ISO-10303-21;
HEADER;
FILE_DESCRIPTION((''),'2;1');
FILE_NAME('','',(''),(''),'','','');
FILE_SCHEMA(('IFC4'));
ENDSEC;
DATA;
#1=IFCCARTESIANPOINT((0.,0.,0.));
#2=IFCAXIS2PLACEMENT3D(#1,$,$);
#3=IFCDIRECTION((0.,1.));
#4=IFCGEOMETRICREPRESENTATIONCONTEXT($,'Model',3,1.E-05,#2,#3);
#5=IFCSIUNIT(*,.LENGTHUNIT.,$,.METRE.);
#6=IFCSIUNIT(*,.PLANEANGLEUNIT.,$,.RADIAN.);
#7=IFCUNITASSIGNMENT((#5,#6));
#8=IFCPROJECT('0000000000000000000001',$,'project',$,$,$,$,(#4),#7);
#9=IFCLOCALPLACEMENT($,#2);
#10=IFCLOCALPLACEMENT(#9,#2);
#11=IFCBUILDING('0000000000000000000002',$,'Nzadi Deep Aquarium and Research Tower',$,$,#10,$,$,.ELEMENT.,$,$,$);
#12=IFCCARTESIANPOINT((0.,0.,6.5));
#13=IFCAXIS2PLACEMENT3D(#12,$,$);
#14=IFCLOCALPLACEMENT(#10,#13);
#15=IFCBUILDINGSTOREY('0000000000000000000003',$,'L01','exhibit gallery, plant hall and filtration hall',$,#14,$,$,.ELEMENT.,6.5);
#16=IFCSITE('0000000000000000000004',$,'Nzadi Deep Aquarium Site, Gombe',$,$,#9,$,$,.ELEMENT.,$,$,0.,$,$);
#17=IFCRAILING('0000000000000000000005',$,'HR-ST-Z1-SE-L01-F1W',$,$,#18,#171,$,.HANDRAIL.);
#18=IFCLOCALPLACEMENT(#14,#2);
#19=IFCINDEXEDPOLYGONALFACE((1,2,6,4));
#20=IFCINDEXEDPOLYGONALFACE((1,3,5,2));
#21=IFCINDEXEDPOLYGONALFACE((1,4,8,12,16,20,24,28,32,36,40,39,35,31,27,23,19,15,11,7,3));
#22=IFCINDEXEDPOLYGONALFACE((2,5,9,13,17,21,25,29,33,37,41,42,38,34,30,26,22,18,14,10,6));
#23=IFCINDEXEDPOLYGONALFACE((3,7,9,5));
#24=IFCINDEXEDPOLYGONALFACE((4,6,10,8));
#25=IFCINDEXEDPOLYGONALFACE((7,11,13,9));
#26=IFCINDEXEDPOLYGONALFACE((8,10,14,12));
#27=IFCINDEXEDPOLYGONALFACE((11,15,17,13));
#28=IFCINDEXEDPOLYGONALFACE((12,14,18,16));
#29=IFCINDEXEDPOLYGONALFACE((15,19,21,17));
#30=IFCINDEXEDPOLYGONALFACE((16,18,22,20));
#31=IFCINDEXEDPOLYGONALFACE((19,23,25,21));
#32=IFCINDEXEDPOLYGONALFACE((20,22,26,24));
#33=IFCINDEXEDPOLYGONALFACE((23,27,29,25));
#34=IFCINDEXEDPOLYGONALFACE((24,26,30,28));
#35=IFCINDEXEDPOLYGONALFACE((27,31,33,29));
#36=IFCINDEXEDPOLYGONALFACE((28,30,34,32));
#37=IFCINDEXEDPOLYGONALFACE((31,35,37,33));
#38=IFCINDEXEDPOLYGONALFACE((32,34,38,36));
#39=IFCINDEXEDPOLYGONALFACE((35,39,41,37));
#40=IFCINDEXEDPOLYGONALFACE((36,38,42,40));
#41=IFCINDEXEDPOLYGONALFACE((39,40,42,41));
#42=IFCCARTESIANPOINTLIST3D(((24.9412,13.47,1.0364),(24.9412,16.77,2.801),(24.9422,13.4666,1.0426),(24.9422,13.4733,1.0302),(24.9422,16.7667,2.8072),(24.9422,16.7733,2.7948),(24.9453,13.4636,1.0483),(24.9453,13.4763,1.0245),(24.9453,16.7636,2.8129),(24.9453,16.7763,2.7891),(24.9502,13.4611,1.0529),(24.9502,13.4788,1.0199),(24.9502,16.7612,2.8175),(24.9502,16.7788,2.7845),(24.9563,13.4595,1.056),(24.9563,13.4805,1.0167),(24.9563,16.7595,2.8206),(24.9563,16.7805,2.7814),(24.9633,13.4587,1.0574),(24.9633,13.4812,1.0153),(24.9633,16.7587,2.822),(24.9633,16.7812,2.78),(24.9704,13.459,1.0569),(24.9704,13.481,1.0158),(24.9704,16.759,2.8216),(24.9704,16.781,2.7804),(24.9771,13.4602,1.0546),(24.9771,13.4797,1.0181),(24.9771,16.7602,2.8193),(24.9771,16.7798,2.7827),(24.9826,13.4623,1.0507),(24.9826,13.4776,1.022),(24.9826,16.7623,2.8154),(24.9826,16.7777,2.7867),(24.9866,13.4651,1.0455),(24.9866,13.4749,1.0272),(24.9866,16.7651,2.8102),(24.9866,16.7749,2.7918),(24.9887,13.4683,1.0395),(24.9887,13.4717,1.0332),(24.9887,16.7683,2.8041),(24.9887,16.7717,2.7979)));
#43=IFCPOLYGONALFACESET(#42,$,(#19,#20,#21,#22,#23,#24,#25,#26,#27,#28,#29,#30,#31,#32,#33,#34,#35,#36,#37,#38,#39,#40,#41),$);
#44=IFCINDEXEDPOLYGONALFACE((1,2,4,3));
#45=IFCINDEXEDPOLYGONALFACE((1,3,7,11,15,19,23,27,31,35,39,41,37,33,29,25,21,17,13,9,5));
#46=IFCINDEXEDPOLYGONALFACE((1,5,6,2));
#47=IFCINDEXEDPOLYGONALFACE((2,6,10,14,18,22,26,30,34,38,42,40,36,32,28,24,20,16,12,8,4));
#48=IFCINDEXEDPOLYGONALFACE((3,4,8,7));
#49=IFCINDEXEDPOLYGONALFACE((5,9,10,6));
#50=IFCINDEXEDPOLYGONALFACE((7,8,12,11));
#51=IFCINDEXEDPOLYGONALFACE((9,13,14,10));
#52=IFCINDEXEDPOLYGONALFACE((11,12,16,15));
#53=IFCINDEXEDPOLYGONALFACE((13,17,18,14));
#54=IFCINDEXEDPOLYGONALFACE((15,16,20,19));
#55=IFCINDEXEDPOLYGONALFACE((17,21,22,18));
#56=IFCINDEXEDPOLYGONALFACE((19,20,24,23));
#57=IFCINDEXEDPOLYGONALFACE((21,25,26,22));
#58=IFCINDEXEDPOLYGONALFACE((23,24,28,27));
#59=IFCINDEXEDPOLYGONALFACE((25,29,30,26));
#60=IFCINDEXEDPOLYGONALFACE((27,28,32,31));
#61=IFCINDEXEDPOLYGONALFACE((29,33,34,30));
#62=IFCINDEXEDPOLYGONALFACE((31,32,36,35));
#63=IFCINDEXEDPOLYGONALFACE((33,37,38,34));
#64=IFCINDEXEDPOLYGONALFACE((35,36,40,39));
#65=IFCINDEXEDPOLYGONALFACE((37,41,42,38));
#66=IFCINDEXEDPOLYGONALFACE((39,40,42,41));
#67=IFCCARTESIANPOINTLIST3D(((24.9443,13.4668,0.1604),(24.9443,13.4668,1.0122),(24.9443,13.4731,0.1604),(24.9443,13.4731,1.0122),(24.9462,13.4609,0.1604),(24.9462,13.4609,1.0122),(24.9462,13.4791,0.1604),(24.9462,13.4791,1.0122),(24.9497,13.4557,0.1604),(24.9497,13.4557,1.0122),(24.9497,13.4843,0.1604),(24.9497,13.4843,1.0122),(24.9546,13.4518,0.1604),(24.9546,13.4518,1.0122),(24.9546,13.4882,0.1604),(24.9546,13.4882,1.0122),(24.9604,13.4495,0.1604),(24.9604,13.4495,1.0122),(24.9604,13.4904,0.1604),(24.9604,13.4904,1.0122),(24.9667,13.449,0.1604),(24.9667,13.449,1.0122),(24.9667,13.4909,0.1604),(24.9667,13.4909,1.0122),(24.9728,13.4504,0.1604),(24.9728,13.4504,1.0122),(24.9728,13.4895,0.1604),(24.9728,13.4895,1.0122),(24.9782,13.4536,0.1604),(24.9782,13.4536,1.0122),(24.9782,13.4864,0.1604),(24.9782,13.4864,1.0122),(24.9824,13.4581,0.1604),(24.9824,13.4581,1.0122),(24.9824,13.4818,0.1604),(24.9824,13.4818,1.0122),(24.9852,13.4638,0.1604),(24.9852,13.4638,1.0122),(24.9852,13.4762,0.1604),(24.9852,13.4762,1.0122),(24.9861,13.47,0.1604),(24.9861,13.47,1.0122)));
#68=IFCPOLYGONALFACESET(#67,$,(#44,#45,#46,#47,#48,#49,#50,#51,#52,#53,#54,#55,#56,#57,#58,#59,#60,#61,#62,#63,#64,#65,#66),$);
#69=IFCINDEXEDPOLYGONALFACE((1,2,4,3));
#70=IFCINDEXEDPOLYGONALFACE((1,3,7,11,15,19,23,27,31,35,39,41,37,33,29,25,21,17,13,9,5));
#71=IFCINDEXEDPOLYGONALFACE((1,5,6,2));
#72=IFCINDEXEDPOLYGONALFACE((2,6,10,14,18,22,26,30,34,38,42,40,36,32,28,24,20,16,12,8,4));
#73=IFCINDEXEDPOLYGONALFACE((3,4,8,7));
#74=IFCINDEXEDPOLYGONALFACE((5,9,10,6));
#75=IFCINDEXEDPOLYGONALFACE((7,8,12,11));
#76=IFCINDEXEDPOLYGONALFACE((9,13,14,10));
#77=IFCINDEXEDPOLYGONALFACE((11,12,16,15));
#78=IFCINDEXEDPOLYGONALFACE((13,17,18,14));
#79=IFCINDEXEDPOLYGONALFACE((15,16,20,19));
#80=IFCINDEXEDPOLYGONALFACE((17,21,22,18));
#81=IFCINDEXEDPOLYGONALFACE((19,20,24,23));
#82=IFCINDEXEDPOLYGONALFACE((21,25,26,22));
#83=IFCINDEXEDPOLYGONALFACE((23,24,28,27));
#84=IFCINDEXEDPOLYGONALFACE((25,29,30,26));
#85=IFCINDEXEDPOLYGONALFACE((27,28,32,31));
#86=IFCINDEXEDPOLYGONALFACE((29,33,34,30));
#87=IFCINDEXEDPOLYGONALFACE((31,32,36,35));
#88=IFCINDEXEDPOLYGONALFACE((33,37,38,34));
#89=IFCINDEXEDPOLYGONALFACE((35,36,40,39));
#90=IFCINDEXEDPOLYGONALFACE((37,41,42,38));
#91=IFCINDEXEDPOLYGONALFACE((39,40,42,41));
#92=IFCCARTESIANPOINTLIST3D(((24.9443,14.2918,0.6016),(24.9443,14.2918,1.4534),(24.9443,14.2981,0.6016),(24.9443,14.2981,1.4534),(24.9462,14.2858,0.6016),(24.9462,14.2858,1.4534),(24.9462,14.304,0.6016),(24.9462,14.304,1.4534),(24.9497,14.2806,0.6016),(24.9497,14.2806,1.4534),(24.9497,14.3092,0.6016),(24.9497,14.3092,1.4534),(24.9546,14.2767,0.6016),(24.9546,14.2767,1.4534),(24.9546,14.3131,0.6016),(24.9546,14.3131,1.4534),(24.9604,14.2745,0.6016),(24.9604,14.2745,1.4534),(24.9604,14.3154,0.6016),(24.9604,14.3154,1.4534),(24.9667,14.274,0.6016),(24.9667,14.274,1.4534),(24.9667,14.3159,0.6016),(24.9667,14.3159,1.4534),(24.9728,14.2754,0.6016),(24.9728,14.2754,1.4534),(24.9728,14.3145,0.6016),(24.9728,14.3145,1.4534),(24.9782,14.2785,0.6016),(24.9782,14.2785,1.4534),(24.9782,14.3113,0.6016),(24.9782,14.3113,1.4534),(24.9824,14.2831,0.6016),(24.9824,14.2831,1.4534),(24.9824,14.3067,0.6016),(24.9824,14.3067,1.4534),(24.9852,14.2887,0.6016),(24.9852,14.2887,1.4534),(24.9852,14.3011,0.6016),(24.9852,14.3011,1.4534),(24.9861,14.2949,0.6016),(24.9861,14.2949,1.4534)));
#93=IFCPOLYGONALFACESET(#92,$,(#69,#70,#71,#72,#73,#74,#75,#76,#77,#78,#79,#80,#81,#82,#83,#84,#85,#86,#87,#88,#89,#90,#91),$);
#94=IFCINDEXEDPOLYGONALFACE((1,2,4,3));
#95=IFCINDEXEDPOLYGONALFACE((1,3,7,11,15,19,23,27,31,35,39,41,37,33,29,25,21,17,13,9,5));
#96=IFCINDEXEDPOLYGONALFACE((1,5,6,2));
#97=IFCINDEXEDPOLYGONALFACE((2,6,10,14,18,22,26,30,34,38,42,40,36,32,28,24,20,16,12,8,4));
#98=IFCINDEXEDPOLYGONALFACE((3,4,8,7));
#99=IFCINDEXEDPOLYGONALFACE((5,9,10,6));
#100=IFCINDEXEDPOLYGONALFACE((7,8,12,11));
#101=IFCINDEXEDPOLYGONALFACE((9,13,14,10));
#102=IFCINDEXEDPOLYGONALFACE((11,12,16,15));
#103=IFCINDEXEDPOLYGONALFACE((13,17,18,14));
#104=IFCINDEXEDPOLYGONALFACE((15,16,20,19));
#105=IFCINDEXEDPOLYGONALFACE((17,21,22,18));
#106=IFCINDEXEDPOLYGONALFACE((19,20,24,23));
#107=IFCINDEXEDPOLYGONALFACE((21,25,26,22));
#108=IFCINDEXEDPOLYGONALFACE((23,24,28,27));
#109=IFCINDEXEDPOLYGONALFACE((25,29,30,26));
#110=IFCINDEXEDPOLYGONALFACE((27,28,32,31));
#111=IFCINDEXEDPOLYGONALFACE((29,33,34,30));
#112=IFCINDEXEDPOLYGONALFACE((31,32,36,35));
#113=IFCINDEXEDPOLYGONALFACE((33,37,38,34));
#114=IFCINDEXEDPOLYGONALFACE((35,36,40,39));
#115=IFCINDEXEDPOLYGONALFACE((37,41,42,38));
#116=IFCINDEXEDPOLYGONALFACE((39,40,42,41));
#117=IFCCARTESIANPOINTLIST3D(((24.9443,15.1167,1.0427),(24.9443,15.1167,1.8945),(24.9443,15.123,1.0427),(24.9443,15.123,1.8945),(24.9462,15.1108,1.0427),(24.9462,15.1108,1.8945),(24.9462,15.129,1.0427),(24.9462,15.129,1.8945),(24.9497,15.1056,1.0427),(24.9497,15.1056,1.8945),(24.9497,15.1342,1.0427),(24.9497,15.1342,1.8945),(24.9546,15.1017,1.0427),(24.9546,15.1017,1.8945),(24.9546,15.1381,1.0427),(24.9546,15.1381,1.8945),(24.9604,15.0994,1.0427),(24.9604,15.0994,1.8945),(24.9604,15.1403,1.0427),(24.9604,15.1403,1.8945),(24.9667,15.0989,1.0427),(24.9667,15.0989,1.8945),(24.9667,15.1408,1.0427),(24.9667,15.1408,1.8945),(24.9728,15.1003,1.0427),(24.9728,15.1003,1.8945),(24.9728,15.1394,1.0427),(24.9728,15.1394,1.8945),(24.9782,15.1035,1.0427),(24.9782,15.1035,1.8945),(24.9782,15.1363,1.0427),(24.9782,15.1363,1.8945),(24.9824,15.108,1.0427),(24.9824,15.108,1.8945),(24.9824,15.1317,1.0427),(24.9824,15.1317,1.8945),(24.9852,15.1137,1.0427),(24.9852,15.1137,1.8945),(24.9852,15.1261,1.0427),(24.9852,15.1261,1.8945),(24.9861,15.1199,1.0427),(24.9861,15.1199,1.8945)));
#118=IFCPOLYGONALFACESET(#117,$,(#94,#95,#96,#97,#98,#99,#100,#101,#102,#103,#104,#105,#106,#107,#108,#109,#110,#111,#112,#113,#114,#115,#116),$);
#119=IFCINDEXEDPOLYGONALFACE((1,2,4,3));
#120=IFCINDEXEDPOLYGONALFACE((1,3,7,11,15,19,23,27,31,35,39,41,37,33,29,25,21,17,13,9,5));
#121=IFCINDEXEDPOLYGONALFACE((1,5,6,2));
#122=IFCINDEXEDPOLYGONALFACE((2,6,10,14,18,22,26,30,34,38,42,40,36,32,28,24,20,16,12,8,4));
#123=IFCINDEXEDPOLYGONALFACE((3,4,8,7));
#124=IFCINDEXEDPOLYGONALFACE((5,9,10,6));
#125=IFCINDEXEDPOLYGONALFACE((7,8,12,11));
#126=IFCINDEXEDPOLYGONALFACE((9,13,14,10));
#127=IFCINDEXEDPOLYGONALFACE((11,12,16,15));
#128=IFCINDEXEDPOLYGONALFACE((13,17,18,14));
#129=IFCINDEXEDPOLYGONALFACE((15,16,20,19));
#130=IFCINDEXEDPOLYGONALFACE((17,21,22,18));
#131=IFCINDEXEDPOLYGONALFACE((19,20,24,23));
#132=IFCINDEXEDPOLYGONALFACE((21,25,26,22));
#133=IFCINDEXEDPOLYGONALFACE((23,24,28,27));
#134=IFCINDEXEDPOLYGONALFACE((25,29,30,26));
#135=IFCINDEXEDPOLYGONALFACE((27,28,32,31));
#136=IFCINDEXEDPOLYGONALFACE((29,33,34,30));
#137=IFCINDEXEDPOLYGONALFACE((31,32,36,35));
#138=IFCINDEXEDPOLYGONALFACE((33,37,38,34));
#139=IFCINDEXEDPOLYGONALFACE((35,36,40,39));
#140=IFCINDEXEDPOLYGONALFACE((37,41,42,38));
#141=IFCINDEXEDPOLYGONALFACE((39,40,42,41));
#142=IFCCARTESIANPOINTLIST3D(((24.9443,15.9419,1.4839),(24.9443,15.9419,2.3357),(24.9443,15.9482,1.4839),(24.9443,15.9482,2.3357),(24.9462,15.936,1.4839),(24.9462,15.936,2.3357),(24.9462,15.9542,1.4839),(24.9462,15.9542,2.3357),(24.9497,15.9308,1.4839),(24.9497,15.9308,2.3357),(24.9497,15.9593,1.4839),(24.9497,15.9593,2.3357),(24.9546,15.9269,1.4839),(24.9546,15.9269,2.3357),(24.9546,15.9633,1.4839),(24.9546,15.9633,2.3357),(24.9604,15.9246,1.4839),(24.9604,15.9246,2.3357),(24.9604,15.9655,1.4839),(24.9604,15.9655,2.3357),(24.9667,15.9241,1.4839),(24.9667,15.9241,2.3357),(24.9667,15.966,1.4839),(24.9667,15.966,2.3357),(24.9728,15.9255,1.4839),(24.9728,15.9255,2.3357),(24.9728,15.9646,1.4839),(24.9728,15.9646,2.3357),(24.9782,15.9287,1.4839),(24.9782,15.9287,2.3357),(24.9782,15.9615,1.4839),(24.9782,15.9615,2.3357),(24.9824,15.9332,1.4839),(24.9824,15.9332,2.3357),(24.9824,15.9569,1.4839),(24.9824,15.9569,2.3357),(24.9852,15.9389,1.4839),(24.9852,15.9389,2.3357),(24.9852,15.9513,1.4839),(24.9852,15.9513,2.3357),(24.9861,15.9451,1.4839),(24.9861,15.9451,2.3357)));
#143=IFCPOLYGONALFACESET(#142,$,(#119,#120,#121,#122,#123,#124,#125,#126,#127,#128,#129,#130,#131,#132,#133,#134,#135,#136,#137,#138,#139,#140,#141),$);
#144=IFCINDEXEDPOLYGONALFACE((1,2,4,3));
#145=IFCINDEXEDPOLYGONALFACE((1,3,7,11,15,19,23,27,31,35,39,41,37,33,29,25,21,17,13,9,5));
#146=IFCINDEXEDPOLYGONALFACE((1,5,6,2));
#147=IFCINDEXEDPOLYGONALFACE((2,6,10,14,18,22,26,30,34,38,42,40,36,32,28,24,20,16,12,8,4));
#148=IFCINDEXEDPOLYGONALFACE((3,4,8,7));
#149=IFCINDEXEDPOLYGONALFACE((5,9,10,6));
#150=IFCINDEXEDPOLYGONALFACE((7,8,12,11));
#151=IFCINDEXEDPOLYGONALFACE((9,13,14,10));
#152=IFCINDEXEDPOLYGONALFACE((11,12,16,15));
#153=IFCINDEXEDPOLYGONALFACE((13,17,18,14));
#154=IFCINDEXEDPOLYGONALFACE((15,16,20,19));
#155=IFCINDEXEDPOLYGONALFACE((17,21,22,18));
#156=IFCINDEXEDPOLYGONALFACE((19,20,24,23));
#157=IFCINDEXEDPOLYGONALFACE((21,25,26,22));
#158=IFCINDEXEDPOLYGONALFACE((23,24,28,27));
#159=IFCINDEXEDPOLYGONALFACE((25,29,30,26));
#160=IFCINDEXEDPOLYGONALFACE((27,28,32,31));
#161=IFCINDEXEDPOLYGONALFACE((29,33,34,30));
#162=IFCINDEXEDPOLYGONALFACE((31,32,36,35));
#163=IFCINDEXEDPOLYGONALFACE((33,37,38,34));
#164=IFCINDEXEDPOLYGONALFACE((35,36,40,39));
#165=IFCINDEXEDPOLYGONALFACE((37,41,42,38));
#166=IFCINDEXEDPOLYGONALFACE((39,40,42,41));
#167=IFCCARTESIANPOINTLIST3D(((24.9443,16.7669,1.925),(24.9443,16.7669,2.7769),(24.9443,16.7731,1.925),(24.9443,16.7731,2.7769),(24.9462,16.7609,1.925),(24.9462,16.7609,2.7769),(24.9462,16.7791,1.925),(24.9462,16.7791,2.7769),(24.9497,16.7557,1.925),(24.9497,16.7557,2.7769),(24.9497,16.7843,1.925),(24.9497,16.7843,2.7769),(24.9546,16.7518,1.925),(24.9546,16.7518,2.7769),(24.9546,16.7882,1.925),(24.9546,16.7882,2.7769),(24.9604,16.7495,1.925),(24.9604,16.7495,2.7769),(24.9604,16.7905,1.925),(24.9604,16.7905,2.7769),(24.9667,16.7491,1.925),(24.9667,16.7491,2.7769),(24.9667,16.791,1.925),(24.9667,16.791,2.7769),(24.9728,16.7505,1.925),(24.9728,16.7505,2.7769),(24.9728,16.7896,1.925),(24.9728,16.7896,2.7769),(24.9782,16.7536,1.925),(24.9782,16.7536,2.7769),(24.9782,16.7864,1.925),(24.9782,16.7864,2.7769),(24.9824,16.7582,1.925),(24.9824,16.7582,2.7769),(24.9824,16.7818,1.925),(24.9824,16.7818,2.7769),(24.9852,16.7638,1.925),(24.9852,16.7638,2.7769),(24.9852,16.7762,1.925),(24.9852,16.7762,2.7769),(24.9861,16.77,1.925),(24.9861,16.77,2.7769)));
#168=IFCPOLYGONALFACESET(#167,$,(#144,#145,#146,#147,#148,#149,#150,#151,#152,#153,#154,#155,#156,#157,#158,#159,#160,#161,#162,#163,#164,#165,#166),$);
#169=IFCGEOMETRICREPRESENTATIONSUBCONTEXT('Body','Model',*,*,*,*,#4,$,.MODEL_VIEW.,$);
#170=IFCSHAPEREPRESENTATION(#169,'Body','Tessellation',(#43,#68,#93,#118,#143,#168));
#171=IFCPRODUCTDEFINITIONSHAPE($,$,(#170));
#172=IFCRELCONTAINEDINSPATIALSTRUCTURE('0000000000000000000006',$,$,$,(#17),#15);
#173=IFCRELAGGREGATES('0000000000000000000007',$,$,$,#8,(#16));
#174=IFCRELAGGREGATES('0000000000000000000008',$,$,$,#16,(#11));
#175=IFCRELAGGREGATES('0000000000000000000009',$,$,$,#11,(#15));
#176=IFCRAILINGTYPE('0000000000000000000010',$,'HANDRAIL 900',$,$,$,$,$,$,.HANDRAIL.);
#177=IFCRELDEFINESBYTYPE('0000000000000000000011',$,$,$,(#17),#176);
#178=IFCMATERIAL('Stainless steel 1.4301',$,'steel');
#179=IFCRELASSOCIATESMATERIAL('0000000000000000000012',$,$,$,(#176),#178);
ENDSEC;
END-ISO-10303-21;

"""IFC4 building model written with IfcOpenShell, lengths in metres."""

from ifc_helpers import new_model, si_unit, direction, frame, origin, origin_2d, place, context, subcontext, project, spatial, circle, extrude, material, type_object, element, save


model = new_model("IFC4")

# Units and contexts
model_context = context("Model", 3, precision=1e-05, world=origin(), true_north=direction((0.0, 1.0)))
body_context = subcontext(model_context, "Body", "Model", "MODEL_VIEW")
ifc_project = project(units=[si_unit("LENGTHUNIT", "METRE"), si_unit("PLANEANGLEUNIT", "RADIAN")], contexts=[model_context])

# Site, building, storey
site_placement = place(None, origin())
site = spatial("IfcSite", under=ifc_project, at=site_placement, Name="Nzadi Deep Aquarium Site, Gombe", CompositionType="ELEMENT", RefElevation=0.0)
building_placement = place(site_placement, origin())
building = spatial("IfcBuilding", under=site, at=building_placement, Name="Nzadi Deep Aquarium and Research Tower", CompositionType="ELEMENT")
storey_placement = place(building_placement, frame((0.0, 0.0, 6.5)))
storey = spatial("IfcBuildingStorey", under=building, at=storey_placement, Name="L01", Description="exhibit gallery, plant hall and filtration hall", CompositionType="ELEMENT", Elevation=6.5)

# Railing
ifc_material_1 = material(Name="Stainless steel 1.4301", Category="steel")
railing_type = type_object("IfcRailingType", Name="HANDRAIL 900", PredefinedType="HANDRAIL", material=ifc_material_1)
railing_1_placement = place(storey_placement, frame((24.9651, 13.47, 0.1604)))
element("IfcRailing", 1, at=railing_1_placement, inside=storey, type_object=railing_type, Name="HR-ST-Z1-SE-L01-F1W", PredefinedType="HANDRAIL", context=body_context, shape_type="SweptSolid", body=[
    extrude(circle(Radius=0.0239, at=origin_2d()), frame((0.0, 0.0, 0.876), z_axis=(0.0, 0.88184, 0.47155), x_axis=(-1.0, 0.0, 0.0)), (0.0, 0.0, 1.0), 3.7422),
    extrude(circle(Radius=0.021, at=origin_2d()), origin(), (0.0, 0.0, 1.0), 0.8518),
    extrude(circle(Radius=0.021, at=origin_2d()), frame((0.0, 0.825, 0.4412)), (0.0, 0.0, 1.0), 0.8518),
    extrude(circle(Radius=0.021, at=origin_2d()), frame((0.0, 1.6499, 0.8823)), (0.0, 0.0, 1.0), 0.8518),
    extrude(circle(Radius=0.021, at=origin_2d()), frame((0.0, 2.4751, 1.3235)), (0.0, 0.0, 1.0), 0.8518),
    extrude(circle(Radius=0.021, at=origin_2d()), frame((0.0, 3.3, 1.7646)), (0.0, 0.0, 1.0), 0.8518),
])

save(model, "model.ifc")
